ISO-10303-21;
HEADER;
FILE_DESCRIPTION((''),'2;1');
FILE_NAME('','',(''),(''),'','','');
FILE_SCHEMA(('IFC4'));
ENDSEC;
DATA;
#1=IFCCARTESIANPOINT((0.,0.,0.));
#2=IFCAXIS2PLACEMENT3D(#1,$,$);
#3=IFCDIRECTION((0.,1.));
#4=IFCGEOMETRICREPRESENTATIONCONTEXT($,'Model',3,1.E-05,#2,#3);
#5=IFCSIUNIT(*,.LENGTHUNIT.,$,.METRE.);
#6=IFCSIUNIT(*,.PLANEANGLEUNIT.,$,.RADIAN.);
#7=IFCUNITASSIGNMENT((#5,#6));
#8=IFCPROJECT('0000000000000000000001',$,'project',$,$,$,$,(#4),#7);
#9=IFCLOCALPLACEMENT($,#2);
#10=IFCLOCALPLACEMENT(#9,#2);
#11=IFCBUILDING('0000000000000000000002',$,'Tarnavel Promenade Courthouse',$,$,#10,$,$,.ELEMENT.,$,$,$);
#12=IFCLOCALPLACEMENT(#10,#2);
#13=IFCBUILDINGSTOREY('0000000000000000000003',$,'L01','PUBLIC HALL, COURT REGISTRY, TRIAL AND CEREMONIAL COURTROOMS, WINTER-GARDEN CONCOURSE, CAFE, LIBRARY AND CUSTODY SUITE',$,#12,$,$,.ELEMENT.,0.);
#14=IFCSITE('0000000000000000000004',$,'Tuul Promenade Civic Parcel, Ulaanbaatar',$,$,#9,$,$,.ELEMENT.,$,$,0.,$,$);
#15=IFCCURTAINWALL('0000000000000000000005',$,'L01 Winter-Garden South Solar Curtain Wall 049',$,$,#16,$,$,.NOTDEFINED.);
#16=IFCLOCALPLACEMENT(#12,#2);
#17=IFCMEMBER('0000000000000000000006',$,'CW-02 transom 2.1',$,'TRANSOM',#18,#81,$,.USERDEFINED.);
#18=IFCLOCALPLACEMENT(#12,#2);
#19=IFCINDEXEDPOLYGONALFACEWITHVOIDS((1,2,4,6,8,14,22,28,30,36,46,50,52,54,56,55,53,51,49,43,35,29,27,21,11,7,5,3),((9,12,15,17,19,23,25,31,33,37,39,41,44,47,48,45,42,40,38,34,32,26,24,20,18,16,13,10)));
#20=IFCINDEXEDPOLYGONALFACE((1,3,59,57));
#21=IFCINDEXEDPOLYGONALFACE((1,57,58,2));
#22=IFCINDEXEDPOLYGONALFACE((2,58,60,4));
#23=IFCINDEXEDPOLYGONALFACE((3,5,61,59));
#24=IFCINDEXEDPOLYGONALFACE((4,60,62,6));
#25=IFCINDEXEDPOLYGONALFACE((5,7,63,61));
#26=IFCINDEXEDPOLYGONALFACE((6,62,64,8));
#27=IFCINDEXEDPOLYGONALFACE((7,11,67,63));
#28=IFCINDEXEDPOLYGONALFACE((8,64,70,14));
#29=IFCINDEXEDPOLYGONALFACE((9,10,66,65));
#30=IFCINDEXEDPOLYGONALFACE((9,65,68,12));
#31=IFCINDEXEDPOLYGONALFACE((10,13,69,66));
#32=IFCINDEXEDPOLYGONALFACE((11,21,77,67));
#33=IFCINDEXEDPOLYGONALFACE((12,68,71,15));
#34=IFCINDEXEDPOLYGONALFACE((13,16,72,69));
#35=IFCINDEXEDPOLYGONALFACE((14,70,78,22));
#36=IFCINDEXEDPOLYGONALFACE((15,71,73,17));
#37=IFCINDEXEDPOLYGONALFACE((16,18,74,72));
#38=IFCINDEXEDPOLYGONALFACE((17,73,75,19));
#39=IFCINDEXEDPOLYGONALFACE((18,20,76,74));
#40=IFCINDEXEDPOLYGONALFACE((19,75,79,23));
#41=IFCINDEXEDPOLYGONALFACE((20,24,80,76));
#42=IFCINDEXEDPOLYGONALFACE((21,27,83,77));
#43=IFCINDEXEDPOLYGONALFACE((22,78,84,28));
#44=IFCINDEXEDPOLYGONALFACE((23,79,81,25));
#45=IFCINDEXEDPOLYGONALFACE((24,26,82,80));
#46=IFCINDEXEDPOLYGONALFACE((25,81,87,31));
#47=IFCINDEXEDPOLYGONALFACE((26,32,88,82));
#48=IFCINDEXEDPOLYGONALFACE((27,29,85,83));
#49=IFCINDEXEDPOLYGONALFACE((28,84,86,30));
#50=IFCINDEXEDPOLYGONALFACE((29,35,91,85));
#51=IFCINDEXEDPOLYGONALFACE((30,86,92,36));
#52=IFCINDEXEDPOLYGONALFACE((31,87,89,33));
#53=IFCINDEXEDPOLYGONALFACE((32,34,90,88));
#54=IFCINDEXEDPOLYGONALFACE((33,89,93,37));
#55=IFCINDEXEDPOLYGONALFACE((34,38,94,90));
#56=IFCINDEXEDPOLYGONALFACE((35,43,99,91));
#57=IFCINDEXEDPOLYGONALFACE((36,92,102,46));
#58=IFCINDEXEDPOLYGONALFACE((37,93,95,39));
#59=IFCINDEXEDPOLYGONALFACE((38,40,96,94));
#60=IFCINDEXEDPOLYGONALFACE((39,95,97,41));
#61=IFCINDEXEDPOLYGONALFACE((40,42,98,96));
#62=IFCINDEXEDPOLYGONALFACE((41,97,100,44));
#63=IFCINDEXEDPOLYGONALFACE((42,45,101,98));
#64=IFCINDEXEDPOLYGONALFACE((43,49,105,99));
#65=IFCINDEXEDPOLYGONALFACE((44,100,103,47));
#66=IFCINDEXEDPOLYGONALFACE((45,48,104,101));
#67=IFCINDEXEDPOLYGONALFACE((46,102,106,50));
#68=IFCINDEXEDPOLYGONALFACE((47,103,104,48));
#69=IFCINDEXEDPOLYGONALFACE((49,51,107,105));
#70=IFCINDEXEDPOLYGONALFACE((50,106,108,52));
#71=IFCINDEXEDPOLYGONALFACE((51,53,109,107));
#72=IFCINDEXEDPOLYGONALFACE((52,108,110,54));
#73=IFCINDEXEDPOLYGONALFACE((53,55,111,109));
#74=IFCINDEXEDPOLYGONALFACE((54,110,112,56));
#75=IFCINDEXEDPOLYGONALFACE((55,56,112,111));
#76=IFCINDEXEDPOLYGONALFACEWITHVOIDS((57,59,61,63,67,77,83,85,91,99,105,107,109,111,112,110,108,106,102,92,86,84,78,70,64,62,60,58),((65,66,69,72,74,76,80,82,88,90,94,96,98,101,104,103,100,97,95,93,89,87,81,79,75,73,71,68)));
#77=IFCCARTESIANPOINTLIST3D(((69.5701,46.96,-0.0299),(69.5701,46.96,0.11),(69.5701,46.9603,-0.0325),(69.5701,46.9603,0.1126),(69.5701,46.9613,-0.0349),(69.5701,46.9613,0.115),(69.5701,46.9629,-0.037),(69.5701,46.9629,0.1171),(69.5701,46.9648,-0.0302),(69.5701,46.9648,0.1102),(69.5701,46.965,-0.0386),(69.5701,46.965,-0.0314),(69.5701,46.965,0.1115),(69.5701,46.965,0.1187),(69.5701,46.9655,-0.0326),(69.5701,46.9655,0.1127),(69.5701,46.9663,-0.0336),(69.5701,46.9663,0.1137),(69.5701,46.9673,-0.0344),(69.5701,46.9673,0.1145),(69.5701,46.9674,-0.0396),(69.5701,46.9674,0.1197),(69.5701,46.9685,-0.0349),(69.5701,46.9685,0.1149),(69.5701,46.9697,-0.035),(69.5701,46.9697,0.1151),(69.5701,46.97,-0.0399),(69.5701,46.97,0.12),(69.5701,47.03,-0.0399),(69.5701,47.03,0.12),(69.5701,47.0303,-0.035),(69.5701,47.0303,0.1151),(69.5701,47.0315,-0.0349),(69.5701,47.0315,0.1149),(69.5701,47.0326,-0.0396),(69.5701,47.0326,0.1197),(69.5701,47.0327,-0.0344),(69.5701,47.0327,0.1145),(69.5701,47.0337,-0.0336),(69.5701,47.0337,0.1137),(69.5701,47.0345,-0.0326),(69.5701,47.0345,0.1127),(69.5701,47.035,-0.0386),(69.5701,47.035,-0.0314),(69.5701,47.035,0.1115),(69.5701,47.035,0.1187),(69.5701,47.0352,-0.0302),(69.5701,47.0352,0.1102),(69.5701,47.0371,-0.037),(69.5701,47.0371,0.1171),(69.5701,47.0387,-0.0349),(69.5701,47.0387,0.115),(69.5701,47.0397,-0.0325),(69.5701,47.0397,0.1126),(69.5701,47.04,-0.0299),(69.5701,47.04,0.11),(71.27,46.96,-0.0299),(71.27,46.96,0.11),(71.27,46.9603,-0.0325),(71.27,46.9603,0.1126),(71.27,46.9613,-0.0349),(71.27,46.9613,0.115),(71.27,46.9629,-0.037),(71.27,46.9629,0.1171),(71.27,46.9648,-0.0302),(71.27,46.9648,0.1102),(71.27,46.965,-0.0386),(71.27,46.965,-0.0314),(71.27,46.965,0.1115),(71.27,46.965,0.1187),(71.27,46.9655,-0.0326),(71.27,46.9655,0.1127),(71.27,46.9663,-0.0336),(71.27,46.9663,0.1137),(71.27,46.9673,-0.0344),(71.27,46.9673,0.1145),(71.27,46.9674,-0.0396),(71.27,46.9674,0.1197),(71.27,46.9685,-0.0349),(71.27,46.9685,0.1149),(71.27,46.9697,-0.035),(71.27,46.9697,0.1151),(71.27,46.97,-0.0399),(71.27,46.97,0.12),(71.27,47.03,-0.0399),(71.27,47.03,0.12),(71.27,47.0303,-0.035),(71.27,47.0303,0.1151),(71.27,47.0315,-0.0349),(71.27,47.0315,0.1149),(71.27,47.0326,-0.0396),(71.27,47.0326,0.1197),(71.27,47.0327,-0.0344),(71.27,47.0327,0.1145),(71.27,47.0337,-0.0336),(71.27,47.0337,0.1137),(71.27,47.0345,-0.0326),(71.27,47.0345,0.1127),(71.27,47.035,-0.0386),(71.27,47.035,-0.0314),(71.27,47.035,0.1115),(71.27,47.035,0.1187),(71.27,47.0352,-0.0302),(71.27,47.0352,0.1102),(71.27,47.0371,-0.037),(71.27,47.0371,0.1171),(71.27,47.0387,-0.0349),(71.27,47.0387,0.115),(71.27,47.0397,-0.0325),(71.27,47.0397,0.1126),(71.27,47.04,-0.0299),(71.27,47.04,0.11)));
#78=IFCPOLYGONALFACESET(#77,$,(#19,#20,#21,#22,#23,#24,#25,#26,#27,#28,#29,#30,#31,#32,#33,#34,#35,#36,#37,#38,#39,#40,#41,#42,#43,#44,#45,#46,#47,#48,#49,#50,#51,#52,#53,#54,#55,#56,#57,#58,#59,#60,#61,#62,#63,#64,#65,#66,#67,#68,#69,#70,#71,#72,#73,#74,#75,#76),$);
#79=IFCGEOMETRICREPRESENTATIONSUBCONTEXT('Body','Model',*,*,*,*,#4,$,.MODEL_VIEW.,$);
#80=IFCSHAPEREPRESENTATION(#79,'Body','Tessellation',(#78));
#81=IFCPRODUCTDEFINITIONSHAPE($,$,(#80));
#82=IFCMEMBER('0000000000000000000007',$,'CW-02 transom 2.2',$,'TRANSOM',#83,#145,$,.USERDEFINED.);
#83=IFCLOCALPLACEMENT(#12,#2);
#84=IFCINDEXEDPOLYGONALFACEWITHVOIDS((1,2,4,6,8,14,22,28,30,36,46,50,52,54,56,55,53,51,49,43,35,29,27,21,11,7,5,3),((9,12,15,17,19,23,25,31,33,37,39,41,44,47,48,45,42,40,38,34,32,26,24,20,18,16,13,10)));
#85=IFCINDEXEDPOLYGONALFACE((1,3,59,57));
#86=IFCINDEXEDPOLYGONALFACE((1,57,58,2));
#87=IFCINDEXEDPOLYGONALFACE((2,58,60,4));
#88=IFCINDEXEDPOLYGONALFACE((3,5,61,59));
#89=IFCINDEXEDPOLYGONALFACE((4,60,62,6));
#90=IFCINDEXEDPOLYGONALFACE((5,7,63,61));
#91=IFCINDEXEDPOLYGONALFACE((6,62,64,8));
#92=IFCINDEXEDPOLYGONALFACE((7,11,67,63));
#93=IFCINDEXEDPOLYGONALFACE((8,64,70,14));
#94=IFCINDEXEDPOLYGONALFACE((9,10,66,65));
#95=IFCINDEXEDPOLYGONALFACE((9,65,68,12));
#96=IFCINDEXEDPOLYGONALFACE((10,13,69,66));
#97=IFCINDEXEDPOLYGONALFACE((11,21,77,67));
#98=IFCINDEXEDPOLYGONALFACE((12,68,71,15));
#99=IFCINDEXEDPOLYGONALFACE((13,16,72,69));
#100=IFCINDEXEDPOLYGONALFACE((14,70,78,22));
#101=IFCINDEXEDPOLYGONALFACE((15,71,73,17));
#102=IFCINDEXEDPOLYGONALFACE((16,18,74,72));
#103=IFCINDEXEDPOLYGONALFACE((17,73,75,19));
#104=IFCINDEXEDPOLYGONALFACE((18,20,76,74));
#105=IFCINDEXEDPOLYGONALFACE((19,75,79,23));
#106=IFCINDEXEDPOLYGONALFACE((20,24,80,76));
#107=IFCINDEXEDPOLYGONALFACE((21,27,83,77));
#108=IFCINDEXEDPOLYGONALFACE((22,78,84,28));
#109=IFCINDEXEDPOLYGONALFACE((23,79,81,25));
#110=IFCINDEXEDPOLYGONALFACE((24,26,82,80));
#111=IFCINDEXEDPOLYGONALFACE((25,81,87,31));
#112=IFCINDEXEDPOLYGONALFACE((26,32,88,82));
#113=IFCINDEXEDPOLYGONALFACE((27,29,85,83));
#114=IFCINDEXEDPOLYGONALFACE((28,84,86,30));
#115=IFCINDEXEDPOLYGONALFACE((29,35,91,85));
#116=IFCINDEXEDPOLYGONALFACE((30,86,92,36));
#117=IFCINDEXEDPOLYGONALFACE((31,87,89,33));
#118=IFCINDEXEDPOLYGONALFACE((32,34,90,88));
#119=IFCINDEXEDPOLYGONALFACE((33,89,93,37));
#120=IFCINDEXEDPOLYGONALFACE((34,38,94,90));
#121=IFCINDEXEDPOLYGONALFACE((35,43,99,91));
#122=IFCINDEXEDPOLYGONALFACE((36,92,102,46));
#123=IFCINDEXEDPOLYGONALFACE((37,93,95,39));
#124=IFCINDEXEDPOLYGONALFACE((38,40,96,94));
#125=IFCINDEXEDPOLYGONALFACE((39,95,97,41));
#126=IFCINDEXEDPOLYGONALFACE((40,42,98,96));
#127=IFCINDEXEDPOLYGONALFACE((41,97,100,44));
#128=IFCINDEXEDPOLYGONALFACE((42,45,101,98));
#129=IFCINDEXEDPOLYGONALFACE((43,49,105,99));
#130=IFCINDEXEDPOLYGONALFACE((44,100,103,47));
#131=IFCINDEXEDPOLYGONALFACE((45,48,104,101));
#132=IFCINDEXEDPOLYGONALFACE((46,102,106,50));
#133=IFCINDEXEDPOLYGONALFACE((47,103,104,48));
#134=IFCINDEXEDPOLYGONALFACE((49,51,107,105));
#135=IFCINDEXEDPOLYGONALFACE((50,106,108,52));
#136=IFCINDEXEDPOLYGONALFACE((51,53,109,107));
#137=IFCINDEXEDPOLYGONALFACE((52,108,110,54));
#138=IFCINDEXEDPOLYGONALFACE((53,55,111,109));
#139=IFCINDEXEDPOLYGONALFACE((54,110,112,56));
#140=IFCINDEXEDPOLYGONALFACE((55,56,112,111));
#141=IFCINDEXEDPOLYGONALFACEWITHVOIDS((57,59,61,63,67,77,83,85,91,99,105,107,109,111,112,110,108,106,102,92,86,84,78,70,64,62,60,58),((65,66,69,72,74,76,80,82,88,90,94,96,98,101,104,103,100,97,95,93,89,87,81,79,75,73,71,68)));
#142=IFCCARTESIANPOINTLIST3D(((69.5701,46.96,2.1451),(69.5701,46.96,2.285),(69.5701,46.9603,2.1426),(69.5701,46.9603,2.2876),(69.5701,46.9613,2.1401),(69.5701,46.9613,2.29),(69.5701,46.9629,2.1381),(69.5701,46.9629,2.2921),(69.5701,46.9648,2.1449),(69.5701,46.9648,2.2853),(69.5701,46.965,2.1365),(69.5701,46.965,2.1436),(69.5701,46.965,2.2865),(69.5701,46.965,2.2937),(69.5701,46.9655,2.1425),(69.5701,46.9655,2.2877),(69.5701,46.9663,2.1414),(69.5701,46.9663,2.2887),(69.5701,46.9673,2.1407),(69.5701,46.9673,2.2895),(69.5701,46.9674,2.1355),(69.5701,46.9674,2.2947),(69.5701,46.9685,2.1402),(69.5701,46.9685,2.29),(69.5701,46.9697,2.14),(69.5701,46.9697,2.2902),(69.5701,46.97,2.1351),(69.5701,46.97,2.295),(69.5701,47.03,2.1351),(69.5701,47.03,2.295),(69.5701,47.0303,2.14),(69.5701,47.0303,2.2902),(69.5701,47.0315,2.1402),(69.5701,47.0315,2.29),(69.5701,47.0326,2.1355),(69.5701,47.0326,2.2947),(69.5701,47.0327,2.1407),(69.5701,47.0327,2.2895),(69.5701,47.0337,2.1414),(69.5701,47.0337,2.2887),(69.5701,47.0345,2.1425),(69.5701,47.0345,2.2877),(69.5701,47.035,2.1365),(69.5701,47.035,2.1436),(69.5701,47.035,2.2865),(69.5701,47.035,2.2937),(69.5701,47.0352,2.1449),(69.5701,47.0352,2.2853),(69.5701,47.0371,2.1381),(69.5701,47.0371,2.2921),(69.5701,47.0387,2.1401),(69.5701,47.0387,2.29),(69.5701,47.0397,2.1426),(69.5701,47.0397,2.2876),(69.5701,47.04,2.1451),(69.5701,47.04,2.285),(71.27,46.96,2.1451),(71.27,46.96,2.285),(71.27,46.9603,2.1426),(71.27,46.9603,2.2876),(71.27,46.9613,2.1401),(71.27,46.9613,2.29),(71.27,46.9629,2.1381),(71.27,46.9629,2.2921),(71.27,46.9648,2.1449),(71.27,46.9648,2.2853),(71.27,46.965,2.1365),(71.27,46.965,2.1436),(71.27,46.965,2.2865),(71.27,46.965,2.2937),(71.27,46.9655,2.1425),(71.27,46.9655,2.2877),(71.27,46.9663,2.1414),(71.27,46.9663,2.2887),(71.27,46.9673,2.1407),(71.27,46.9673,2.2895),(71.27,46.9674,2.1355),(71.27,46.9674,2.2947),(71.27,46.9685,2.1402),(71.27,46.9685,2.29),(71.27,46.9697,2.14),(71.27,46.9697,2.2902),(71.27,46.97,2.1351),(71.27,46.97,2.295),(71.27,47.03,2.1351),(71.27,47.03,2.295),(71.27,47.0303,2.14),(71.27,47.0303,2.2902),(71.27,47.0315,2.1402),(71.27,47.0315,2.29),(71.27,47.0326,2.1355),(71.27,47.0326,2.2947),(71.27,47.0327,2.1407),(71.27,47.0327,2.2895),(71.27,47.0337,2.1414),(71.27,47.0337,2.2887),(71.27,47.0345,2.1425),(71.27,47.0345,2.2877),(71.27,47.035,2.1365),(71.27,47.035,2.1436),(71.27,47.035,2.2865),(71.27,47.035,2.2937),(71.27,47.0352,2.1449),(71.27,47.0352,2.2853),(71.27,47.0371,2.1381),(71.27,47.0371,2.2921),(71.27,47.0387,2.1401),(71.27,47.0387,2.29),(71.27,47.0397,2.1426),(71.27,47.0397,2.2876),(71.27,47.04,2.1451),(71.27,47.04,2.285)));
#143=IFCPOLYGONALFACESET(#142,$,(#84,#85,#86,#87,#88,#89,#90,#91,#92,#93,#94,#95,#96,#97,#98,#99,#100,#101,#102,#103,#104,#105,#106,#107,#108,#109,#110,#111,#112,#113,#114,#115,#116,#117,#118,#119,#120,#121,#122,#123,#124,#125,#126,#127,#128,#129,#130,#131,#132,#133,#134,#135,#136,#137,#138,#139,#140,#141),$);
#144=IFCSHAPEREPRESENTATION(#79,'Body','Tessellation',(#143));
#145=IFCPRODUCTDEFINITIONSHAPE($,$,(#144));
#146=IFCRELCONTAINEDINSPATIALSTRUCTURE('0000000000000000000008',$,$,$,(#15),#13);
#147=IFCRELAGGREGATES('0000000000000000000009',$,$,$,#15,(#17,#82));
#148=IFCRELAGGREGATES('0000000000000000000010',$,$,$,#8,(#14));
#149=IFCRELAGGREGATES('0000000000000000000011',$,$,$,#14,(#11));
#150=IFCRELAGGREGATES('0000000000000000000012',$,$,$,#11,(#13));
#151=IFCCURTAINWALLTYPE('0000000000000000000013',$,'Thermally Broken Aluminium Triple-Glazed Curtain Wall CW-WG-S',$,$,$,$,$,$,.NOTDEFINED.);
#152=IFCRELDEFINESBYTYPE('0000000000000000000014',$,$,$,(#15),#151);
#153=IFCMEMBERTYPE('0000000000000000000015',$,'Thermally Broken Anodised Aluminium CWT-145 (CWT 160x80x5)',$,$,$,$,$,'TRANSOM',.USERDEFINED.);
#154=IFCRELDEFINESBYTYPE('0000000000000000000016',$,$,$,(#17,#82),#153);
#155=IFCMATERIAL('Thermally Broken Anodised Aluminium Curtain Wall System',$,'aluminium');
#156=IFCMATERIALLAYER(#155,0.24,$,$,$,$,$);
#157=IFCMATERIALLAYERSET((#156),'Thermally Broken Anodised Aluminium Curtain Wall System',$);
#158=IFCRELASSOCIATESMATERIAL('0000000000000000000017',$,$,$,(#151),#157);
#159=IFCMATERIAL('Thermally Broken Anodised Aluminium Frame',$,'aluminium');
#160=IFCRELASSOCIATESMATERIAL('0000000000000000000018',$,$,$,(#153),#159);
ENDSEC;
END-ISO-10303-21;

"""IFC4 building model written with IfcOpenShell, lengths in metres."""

from ifc_helpers import new_model, si_unit, direction, frame, origin, origin_2d, place, context, subcontext, project, spatial, hollow_rectangle, extrude, material, layer, layer_set, material_profile, profile_set, type_object, element, aggregate, save


model = new_model("IFC4")

# Units and contexts
model_context = context("Model", 3, precision=1e-05, world=origin(), true_north=direction((0.0, 1.0)))
body_context = subcontext(model_context, "Body", "Model", "MODEL_VIEW")
ifc_project = project(units=[si_unit("LENGTHUNIT", "METRE"), si_unit("PLANEANGLEUNIT", "RADIAN")], contexts=[model_context])

# Site, building, storey
site_placement = place(None, origin())
site = spatial("IfcSite", under=ifc_project, at=site_placement, Name="Tuul Promenade Civic Parcel, Ulaanbaatar", CompositionType="ELEMENT", RefElevation=0.0)
building_placement = place(site_placement, origin())
building = spatial("IfcBuilding", under=site, at=building_placement, Name="Tarnavel Promenade Courthouse", CompositionType="ELEMENT")
storey_placement = place(building_placement, origin())
storey = spatial("IfcBuildingStorey", under=building, at=storey_placement, Name="L01", Description="PUBLIC HALL, COURT REGISTRY, TRIAL AND CEREMONIAL COURTROOMS, WINTER-GARDEN CONCOURSE, CAFE, LIBRARY AND CUSTODY SUITE", CompositionType="ELEMENT", Elevation=0.0)

# Curtain wall
ifc_material_1 = material(Name="Thermally Broken Anodised Aluminium Curtain Wall System", Category="aluminium")
ifc_layer_1 = layer(ifc_material_1, 0.24)
ifc_layer_set_1 = layer_set([ifc_layer_1], Name="Thermally Broken Anodised Aluminium Curtain Wall System")
curtain_wall_type = type_object("IfcCurtainWallType", Name="Thermally Broken Aluminium Triple-Glazed Curtain Wall CW-WG-S", PredefinedType="NOTDEFINED", material=ifc_layer_set_1)
curtain_wall_1_placement = place(storey_placement, origin())
curtain_wall_1 = element("IfcCurtainWall", 1, at=curtain_wall_1_placement, inside=storey, type_object=curtain_wall_type, Name="L01 Winter-Garden South Solar Curtain Wall 049", PredefinedType="NOTDEFINED")
ifc_material_2 = material(Name="Thermally Broken Anodised Aluminium Frame", Category="aluminium")

# Members
ifc_material_profile_1 = material_profile(ifc_material_2, hollow_rectangle(XDim=0.0801, YDim=0.1599, WallThickness=0.0049, InnerFilletRadius=0.0049, OuterFilletRadius=0.01, at=origin_2d()), Name="CWT 160x80x5")
ifc_profile_set_1 = profile_set([ifc_material_profile_1], Name="Thermally Broken Anodised Aluminium Frame")
member_type_1 = type_object("IfcMemberType", Name="Thermally Broken Anodised Aluminium CWT-145 (CWT 160x80x5)", ElementType="TRANSOM", PredefinedType="USERDEFINED", material=ifc_profile_set_1)
member_1_placement = place(storey_placement, frame((69.5701, 47.0, 0.04), z_axis=(1.0, 0.0, 0.0), x_axis=(0.0, 1.0, 0.0)))
member_1 = element("IfcMember", 2, at=member_1_placement, type_object=member_type_1, Name="CW-02 transom 2.1", ObjectType="TRANSOM", PredefinedType="USERDEFINED", context=body_context, shape_type="SweptSolid", body=[
    extrude(hollow_rectangle(XDim=0.0801, YDim=0.1599, WallThickness=0.0049, InnerFilletRadius=0.0049, OuterFilletRadius=0.01, at=origin_2d()), origin(), (0.0, 0.0, 1.0), 1.7),
])
member_2_placement = place(storey_placement, frame((69.5701, 47.0, 2.2151), z_axis=(1.0, 0.0, 0.0), x_axis=(0.0, 1.0, 0.0)))
member_2 = element("IfcMember", 3, at=member_2_placement, type_object=member_type_1, Name="CW-02 transom 2.2", ObjectType="TRANSOM", PredefinedType="USERDEFINED", context=body_context, shape_type="SweptSolid", body=[
    extrude(hollow_rectangle(XDim=0.0801, YDim=0.1599, WallThickness=0.0049, InnerFilletRadius=0.0049, OuterFilletRadius=0.01, at=origin_2d()), origin(), (0.0, 0.0, 1.0), 1.7),
])

aggregate(curtain_wall_1, [member_1, member_2])

save(model, "model.ifc")
